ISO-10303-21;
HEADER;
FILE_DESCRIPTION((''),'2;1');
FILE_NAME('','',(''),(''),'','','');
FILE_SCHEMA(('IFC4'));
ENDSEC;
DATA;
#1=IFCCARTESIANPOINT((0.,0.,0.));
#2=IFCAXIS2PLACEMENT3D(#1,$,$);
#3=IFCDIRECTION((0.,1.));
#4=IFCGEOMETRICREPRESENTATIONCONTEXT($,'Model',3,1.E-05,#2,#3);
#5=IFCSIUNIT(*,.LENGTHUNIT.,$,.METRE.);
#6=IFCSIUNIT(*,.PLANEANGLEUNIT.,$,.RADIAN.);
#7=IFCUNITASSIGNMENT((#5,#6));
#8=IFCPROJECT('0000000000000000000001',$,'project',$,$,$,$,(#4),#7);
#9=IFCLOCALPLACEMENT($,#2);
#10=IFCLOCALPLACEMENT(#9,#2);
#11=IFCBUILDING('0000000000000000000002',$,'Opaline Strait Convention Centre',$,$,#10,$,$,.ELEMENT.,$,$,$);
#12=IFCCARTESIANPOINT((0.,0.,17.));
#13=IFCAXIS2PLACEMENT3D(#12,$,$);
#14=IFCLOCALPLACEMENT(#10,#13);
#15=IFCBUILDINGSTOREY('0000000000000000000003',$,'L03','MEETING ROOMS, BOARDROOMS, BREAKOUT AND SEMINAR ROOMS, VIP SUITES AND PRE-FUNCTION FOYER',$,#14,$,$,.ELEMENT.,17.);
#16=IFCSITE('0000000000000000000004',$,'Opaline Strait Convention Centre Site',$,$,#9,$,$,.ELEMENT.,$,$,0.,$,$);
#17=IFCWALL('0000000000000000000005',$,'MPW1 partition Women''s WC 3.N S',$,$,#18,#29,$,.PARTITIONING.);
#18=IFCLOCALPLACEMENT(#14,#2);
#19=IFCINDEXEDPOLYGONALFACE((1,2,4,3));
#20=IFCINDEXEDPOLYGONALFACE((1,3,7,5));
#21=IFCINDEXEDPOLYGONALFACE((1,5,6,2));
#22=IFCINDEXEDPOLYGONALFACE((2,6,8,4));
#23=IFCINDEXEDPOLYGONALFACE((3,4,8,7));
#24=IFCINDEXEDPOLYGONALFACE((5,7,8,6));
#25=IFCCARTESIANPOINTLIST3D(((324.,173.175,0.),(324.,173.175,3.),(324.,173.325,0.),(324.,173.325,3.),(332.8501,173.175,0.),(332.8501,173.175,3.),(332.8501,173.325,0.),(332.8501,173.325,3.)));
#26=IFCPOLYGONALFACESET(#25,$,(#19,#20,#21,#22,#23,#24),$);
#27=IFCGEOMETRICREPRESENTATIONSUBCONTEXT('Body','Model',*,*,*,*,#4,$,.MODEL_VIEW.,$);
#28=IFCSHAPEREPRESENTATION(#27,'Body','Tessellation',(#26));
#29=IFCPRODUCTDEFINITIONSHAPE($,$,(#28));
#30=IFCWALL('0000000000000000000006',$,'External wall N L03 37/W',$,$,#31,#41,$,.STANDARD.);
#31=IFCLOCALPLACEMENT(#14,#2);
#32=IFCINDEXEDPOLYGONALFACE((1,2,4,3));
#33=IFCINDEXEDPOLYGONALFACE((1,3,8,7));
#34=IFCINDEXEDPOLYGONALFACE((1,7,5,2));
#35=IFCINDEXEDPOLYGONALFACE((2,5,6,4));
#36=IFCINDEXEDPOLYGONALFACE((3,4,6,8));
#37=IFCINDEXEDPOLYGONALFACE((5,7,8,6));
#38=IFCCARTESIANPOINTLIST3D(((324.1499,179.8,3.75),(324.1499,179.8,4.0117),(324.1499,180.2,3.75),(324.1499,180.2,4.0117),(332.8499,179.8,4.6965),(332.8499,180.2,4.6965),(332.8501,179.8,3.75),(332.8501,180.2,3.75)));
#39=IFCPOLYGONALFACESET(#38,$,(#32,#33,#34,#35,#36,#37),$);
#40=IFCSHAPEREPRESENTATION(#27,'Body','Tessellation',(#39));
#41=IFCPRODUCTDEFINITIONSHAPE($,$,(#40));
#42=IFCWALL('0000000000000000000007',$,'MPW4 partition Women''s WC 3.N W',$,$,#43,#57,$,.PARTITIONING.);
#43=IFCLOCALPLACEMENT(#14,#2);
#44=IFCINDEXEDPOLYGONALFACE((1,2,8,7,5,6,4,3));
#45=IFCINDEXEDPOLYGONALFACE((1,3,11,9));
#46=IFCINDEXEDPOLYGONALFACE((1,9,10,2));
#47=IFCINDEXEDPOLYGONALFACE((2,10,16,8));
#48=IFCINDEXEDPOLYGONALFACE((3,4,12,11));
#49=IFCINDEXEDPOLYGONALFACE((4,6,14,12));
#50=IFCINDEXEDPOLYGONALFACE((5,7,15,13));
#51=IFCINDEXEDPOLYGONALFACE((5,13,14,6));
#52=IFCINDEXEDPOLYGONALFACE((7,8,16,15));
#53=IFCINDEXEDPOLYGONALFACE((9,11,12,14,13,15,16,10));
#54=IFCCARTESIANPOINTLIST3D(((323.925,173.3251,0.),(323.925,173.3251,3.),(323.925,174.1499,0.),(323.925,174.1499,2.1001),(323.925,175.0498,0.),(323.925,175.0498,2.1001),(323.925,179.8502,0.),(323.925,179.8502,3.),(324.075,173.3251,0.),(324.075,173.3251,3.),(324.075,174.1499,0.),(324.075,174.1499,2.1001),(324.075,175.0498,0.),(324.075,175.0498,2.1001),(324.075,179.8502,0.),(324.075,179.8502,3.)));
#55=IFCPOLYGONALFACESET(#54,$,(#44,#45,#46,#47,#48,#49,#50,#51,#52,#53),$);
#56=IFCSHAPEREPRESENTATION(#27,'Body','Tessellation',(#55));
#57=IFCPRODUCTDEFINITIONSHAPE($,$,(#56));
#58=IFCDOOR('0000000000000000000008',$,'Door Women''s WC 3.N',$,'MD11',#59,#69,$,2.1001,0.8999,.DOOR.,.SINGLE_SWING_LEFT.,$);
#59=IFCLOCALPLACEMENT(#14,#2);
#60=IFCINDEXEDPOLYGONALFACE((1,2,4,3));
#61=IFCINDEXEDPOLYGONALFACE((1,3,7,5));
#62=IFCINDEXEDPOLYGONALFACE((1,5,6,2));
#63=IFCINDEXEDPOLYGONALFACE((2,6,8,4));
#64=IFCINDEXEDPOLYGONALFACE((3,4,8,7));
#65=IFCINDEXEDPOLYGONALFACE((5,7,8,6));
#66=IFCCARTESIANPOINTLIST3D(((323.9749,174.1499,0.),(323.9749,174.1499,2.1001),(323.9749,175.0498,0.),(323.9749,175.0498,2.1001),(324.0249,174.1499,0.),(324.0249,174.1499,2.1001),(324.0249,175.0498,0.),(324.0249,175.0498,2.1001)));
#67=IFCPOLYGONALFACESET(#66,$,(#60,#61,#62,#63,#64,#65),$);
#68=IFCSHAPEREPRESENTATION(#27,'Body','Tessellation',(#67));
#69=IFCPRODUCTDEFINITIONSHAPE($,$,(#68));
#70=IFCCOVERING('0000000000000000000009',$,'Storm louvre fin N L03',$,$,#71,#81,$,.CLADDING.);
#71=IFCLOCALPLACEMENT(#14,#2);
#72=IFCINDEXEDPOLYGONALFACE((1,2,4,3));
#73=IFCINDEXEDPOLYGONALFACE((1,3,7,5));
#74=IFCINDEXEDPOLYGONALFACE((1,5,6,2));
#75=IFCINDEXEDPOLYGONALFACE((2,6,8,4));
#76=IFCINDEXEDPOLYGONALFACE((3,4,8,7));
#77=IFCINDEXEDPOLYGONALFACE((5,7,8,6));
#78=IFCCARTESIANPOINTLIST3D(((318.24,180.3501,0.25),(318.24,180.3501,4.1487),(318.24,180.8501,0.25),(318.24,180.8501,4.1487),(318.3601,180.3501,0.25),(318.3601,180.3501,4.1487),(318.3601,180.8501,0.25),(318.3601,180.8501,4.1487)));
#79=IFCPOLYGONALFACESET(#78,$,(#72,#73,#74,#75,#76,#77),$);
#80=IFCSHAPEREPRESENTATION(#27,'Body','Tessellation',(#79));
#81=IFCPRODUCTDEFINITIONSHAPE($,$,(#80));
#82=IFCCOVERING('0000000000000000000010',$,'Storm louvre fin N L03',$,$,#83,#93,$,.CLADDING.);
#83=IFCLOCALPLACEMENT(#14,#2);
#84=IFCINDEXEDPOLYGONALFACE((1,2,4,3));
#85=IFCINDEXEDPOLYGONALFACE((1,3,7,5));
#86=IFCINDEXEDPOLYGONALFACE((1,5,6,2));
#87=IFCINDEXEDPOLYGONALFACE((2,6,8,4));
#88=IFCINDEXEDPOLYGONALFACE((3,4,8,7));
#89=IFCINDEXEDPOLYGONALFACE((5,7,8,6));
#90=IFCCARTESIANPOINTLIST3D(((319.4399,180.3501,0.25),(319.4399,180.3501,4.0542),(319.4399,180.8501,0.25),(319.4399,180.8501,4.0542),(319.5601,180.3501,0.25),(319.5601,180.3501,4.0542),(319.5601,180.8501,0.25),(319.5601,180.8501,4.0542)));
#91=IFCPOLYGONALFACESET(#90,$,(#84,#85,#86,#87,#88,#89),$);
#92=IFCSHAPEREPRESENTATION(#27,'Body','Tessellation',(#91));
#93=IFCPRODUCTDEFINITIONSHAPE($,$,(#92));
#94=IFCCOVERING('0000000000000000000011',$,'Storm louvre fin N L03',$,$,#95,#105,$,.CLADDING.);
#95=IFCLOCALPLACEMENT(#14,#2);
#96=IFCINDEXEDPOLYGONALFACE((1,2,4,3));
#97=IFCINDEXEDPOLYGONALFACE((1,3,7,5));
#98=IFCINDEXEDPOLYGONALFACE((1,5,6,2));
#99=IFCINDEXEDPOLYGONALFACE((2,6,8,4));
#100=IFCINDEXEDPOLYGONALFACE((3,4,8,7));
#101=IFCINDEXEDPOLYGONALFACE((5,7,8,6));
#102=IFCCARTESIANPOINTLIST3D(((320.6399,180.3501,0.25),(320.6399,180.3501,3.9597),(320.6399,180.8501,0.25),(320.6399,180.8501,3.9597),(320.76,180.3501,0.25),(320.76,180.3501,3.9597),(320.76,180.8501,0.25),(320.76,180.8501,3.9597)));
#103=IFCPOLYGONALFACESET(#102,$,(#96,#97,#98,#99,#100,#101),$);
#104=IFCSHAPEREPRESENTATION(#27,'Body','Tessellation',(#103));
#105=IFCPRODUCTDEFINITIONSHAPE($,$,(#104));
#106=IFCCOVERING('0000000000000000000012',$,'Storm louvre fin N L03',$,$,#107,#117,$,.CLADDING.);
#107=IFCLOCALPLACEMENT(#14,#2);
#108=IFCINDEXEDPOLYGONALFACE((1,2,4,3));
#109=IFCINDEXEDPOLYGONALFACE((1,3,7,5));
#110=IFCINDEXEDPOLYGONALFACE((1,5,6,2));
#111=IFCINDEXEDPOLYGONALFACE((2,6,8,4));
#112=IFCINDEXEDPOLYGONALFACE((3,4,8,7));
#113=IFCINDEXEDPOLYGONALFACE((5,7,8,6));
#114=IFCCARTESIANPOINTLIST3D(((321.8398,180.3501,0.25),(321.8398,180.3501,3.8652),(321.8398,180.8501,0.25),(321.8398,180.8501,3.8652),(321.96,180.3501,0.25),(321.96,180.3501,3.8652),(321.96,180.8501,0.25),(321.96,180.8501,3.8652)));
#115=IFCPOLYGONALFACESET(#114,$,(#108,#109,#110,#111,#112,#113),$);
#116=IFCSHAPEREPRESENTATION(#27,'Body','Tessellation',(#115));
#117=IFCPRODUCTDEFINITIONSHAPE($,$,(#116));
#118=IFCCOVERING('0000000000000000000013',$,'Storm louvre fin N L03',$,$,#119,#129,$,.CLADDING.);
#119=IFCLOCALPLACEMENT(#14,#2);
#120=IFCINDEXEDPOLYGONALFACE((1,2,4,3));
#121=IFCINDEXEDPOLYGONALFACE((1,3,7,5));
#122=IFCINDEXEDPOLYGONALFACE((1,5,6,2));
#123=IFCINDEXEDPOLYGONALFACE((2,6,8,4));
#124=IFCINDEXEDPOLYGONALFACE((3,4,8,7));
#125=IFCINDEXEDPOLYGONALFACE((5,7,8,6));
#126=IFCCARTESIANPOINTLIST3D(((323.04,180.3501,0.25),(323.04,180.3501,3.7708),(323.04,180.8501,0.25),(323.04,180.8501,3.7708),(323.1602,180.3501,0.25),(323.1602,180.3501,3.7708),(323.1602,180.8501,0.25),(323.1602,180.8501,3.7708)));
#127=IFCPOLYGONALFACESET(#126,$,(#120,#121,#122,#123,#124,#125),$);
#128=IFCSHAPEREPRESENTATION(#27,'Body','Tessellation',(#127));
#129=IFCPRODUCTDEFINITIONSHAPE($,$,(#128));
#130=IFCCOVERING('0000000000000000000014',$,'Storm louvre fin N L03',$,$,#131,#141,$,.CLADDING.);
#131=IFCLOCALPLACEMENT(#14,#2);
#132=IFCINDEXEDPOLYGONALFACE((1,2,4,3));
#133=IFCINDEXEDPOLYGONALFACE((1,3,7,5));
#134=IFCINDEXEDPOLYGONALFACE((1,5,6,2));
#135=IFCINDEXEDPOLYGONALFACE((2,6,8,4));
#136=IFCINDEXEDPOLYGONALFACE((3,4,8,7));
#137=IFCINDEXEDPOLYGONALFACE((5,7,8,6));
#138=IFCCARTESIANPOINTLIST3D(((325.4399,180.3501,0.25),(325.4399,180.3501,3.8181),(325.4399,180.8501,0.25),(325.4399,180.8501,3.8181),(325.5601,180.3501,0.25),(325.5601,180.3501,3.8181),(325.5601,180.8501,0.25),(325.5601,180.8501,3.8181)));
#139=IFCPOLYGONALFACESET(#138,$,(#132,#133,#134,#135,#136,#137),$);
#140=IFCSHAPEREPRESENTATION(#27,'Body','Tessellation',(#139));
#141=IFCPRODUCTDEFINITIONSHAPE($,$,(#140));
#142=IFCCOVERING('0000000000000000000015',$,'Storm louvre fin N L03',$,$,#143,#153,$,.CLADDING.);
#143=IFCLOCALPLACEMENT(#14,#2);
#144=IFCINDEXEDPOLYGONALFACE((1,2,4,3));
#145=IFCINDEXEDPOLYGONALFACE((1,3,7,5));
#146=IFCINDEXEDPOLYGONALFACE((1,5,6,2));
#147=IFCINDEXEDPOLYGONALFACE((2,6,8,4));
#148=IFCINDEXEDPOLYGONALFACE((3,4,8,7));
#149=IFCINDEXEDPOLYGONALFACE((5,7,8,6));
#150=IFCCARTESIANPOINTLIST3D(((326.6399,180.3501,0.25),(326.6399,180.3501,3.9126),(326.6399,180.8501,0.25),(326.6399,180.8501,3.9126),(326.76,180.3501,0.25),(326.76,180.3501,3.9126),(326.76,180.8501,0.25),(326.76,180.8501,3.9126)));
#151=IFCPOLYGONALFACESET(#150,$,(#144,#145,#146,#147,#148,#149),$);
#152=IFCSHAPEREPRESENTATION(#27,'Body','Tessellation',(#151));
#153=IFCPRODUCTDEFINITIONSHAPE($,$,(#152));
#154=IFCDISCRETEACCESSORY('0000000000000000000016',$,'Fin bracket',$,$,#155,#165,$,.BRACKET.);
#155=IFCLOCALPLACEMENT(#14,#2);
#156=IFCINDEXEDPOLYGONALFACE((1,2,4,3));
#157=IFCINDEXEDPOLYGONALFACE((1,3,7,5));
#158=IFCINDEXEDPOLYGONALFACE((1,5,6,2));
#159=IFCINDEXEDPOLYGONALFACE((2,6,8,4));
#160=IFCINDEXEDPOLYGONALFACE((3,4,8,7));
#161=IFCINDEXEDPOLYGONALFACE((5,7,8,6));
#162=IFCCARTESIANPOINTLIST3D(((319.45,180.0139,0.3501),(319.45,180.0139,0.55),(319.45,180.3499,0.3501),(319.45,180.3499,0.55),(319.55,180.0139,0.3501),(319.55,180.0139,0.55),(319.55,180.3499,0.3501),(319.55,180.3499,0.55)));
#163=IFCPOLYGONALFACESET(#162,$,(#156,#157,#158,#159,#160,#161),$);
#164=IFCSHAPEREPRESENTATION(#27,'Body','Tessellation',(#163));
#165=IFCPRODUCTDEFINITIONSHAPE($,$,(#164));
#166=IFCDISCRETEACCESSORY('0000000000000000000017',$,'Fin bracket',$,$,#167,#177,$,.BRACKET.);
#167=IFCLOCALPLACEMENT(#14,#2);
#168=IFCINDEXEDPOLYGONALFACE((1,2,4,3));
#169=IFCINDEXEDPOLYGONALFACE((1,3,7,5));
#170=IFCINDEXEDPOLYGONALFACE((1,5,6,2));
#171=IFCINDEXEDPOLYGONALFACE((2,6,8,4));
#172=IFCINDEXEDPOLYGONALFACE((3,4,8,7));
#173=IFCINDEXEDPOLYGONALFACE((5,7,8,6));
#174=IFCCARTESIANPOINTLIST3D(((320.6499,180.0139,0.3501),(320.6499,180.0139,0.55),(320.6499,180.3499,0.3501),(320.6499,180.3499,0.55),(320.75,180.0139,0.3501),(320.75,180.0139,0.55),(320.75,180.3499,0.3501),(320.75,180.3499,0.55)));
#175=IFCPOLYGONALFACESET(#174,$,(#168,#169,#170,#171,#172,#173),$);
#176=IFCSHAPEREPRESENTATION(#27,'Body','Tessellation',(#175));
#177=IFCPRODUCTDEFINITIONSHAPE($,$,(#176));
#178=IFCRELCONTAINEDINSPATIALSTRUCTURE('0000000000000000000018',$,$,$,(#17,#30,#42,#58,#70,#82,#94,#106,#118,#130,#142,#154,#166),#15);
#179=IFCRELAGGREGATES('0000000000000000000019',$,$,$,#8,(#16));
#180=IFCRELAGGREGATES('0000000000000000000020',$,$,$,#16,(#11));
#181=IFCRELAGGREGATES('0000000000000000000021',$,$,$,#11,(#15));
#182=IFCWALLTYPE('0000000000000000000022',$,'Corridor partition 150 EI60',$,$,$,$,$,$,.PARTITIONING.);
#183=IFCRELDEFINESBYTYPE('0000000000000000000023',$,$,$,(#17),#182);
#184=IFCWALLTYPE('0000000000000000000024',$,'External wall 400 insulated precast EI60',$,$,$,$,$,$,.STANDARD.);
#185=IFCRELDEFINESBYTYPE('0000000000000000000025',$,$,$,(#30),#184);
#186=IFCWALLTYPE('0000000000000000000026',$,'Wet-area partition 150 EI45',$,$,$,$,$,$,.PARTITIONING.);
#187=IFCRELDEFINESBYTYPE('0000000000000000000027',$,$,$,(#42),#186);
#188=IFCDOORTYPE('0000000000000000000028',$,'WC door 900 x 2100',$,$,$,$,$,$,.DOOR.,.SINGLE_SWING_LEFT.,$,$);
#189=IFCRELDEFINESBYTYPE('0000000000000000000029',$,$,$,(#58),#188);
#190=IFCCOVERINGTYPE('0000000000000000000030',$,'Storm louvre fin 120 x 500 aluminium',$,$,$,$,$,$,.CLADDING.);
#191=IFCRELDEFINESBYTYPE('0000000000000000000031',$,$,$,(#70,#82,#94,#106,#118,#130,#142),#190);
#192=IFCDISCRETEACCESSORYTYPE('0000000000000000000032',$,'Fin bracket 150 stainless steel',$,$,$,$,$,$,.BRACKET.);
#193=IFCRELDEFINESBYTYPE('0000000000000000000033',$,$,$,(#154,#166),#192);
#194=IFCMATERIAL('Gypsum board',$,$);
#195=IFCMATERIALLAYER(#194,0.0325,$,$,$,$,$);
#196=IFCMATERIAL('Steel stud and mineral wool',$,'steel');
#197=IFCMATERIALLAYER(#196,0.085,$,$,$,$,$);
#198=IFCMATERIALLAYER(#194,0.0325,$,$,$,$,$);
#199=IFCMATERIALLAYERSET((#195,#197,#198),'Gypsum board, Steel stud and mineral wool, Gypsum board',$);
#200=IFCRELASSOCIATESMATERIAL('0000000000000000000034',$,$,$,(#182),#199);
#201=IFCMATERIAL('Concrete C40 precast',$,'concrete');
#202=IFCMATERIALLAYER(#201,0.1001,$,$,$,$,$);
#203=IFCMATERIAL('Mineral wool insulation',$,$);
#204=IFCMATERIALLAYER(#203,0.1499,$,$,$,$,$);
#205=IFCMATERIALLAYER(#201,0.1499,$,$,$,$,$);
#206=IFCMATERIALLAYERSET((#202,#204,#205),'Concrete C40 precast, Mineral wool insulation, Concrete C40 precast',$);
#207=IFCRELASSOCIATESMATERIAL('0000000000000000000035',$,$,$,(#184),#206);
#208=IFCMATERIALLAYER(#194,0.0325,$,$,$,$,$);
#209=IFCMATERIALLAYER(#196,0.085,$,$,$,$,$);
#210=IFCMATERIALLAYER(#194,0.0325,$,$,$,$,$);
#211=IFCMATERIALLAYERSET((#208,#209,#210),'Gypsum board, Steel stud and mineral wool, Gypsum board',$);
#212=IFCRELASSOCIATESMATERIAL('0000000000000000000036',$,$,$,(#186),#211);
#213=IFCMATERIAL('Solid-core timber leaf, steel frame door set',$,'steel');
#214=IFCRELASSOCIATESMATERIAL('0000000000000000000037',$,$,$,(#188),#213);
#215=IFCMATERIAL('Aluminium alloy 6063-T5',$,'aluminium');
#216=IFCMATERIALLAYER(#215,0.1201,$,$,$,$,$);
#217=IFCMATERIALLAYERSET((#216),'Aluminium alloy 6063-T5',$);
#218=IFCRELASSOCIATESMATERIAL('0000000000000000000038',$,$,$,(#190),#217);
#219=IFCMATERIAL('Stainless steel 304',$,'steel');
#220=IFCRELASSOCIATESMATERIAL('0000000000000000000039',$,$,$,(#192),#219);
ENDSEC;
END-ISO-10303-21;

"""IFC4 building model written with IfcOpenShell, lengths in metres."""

from ifc_helpers import new_model, si_unit, direction, frame, frame_2d, origin, origin_2d, place, context, subcontext, project, spatial, polyline, rectangle, outline, extrude, material, layer, layer_set, type_object, element, fill, save


model = new_model("IFC4")

# Units and contexts
model_context = context("Model", 3, precision=1e-05, world=origin(), true_north=direction((0.0, 1.0)))
body_context = subcontext(model_context, "Body", "Model", "MODEL_VIEW")
ifc_project = project(units=[si_unit("LENGTHUNIT", "METRE"), si_unit("PLANEANGLEUNIT", "RADIAN")], contexts=[model_context])

# Site, building, storey
site_placement = place(None, origin())
site = spatial("IfcSite", under=ifc_project, at=site_placement, Name="Opaline Strait Convention Centre Site", CompositionType="ELEMENT", RefElevation=0.0)
building_placement = place(site_placement, origin())
building = spatial("IfcBuilding", under=site, at=building_placement, Name="Opaline Strait Convention Centre", CompositionType="ELEMENT")
storey_placement = place(building_placement, frame((0.0, 0.0, 17.0)))
storey = spatial("IfcBuildingStorey", under=building, at=storey_placement, Name="L03", Description="MEETING ROOMS, BOARDROOMS, BREAKOUT AND SEMINAR ROOMS, VIP SUITES AND PRE-FUNCTION FOYER", CompositionType="ELEMENT", Elevation=17.0)

# Walls
ifc_material_1 = material(Name="Gypsum board")
ifc_layer_1 = layer(ifc_material_1, 0.0325)
ifc_material_2 = material(Name="Steel stud and mineral wool", Category="steel")
ifc_layer_2 = layer(ifc_material_2, 0.085)
ifc_layer_3 = layer(ifc_material_1, 0.0325)
ifc_layer_set_1 = layer_set([ifc_layer_1, ifc_layer_2, ifc_layer_3], Name="Gypsum board, Steel stud and mineral wool, Gypsum board")
wall_type_1 = type_object("IfcWallType", Name="Corridor partition 150 EI60", PredefinedType="PARTITIONING", material=ifc_layer_set_1)
wall_1_placement = place(storey_placement, frame((324.0, 173.25, 0.0), z_axis=(0.0, 0.0, 1.0), x_axis=(1.0, 0.0, 0.0)))
element("IfcWall", 1, at=wall_1_placement, inside=storey, type_object=wall_type_1, Name="MPW1 partition Women's WC 3.N S", PredefinedType="PARTITIONING", context=body_context, shape_type="SweptSolid", body=[
    extrude(rectangle(XDim=8.8501, YDim=0.1499, at=frame_2d((4.425, 0.0))), origin(), (0.0, 0.0, 1.0), 3.0),
])
ifc_material_3 = material(Name="Concrete C40 precast", Category="concrete")
ifc_layer_4 = layer(ifc_material_3, 0.1001)
ifc_material_4 = material(Name="Mineral wool insulation")
ifc_layer_5 = layer(ifc_material_4, 0.1499)
ifc_layer_6 = layer(ifc_material_3, 0.1499)
ifc_layer_set_2 = layer_set([ifc_layer_4, ifc_layer_5, ifc_layer_6], Name="Concrete C40 precast, Mineral wool insulation, Concrete C40 precast")
wall_type_2 = type_object("IfcWallType", Name="External wall 400 insulated precast EI60", PredefinedType="STANDARD", material=ifc_layer_set_2)
wall_2_placement = place(storey_placement, frame((324.1499, 180.0, 3.75), z_axis=(0.0, 0.0, 1.0), x_axis=(1.0, 0.0, 0.0)))
element("IfcWall", 2, at=wall_2_placement, inside=storey, type_object=wall_type_2, Name="External wall N L03 37/W", PredefinedType="STANDARD", context=body_context, shape_type="SweptSolid", body=[
    extrude(outline(polyline([(0.0, 0.0), (8.7002, 0.0), (8.7, 0.9465), (0.0, 0.2617), (0.0, 0.0)])), frame((0.0, 0.2, 0.0), z_axis=(0.0, -1.0, 0.0), x_axis=(1.0, 0.0, 0.0)), (0.0, 0.0, 1.0), 0.3999),
])

# Wall, opening, door
ifc_layer_7 = layer(ifc_material_1, 0.0325)
ifc_layer_8 = layer(ifc_material_2, 0.085)
ifc_layer_9 = layer(ifc_material_1, 0.0325)
ifc_layer_set_3 = layer_set([ifc_layer_7, ifc_layer_8, ifc_layer_9], Name="Gypsum board, Steel stud and mineral wool, Gypsum board")
wall_type_3 = type_object("IfcWallType", Name="Wet-area partition 150 EI45", PredefinedType="PARTITIONING", material=ifc_layer_set_3)
wall_3_placement = place(storey_placement, frame((324.0, 173.325, 0.0), z_axis=(0.0, 0.0, 1.0), x_axis=(0.0, 1.0, 0.0)))
wall_3 = element("IfcWall", 3, at=wall_3_placement, inside=storey, type_object=wall_type_3, Name="MPW4 partition Women's WC 3.N W", PredefinedType="PARTITIONING", context=body_context, shape_type="SweptSolid", body=[
    extrude(rectangle(XDim=6.5251, YDim=0.1499, at=frame_2d((3.2627, 0.0))), origin(), (0.0, 0.0, 1.0), 3.0),
])
opening_placement = place(wall_3_placement, frame((0.825, 0.0, 0.0)))
opening = element("IfcOpeningElement", 4, at=opening_placement, cuts=wall_3, PredefinedType="OPENING", context=body_context, shape_type="SweptSolid", body=[
    extrude(rectangle(XDim=0.8999, YDim=2.1001, at=frame_2d((0.45, 1.05))), frame((0.0, 0.085, 0.0), z_axis=(0.0, -1.0, 0.0), x_axis=(1.0, 0.0, 0.0)), (0.0, 0.0, 1.0), 0.1699),
])
ifc_material_5 = material(Name="Solid-core timber leaf, steel frame door set", Category="steel")
door_type = type_object("IfcDoorType", Name="WC door 900 x 2100", OperationType="SINGLE_SWING_LEFT", PredefinedType="DOOR", material=ifc_material_5)
door_placement = place(opening_placement, frame((0.8999, 0.0, 0.0), z_axis=(0.0, 0.0, 1.0), x_axis=(-1.0, 0.0, 0.0)))
door = element("IfcDoor", 5, at=door_placement, inside=storey, type_object=door_type, Name="Door Women's WC 3.N", ObjectType="MD11", OperationType="SINGLE_SWING_LEFT", OverallHeight=2.1001, OverallWidth=0.8999, PredefinedType="DOOR", context=body_context, shape_type="SweptSolid", body=[
    extrude(rectangle(XDim=0.8999, YDim=2.1001, at=frame_2d((0.45, 1.05))), frame((0.0, 0.0249, 0.0), z_axis=(0.0, -1.0, 0.0), x_axis=(1.0, 0.0, 0.0)), (0.0, 0.0, 1.0), 0.05),
])
fill(opening, door)

# Coverings
ifc_material_6 = material(Name="Aluminium alloy 6063-T5", Category="aluminium")
ifc_layer_10 = layer(ifc_material_6, 0.1201)
ifc_layer_set_4 = layer_set([ifc_layer_10], Name="Aluminium alloy 6063-T5")
covering_type = type_object("IfcCoveringType", Name="Storm louvre fin 120 x 500 aluminium", PredefinedType="CLADDING", material=ifc_layer_set_4)
covering_1_placement = place(storey_placement, frame((318.3, 180.6001, 0.25), z_axis=(0.0, 0.0, 1.0), x_axis=(1.0, 0.0, 0.0)))
element("IfcCovering", 6, at=covering_1_placement, inside=storey, type_object=covering_type, Name="Storm louvre fin N L03", PredefinedType="CLADDING", context=body_context, shape_type="SweptSolid", body=[
    extrude(rectangle(XDim=0.1201, YDim=0.5, at=origin_2d()), origin(), (0.0, 0.0, 1.0), 3.8987),
])
covering_2_placement = place(storey_placement, frame((319.5, 180.6001, 0.25), z_axis=(0.0, 0.0, 1.0), x_axis=(1.0, 0.0, 0.0)))
element("IfcCovering", 7, at=covering_2_placement, inside=storey, type_object=covering_type, Name="Storm louvre fin N L03", PredefinedType="CLADDING", context=body_context, shape_type="SweptSolid", body=[
    extrude(rectangle(XDim=0.1201, YDim=0.5, at=origin_2d()), origin(), (0.0, 0.0, 1.0), 3.8042),
])
covering_3_placement = place(storey_placement, frame((320.7, 180.6001, 0.25), z_axis=(0.0, 0.0, 1.0), x_axis=(1.0, 0.0, 0.0)))
element("IfcCovering", 8, at=covering_3_placement, inside=storey, type_object=covering_type, Name="Storm louvre fin N L03", PredefinedType="CLADDING", context=body_context, shape_type="SweptSolid", body=[
    extrude(rectangle(XDim=0.1201, YDim=0.5, at=origin_2d()), origin(), (0.0, 0.0, 1.0), 3.7097),
])
covering_4_placement = place(storey_placement, frame((321.8999, 180.6001, 0.25), z_axis=(0.0, 0.0, 1.0), x_axis=(1.0, 0.0, 0.0)))
element("IfcCovering", 9, at=covering_4_placement, inside=storey, type_object=covering_type, Name="Storm louvre fin N L03", PredefinedType="CLADDING", context=body_context, shape_type="SweptSolid", body=[
    extrude(rectangle(XDim=0.1201, YDim=0.5, at=origin_2d()), origin(), (0.0, 0.0, 1.0), 3.6152),
])
covering_5_placement = place(storey_placement, frame((323.1001, 180.6001, 0.25), z_axis=(0.0, 0.0, 1.0), x_axis=(1.0, 0.0, 0.0)))
element("IfcCovering", 10, at=covering_5_placement, inside=storey, type_object=covering_type, Name="Storm louvre fin N L03", PredefinedType="CLADDING", context=body_context, shape_type="SweptSolid", body=[
    extrude(rectangle(XDim=0.1201, YDim=0.5, at=origin_2d()), origin(), (0.0, 0.0, 1.0), 3.5208),
])
covering_6_placement = place(storey_placement, frame((325.5, 180.6001, 0.25), z_axis=(0.0, 0.0, 1.0), x_axis=(1.0, 0.0, 0.0)))
element("IfcCovering", 11, at=covering_6_placement, inside=storey, type_object=covering_type, Name="Storm louvre fin N L03", PredefinedType="CLADDING", context=body_context, shape_type="SweptSolid", body=[
    extrude(rectangle(XDim=0.1201, YDim=0.5, at=origin_2d()), origin(), (0.0, 0.0, 1.0), 3.5681),
])
covering_7_placement = place(storey_placement, frame((326.7, 180.6001, 0.25), z_axis=(0.0, 0.0, 1.0), x_axis=(1.0, 0.0, 0.0)))
element("IfcCovering", 12, at=covering_7_placement, inside=storey, type_object=covering_type, Name="Storm louvre fin N L03", PredefinedType="CLADDING", context=body_context, shape_type="SweptSolid", body=[
    extrude(rectangle(XDim=0.1201, YDim=0.5, at=origin_2d()), origin(), (0.0, 0.0, 1.0), 3.6626),
])

# Discrete accessories
ifc_material_7 = material(Name="Stainless steel 304", Category="steel")
discrete_accessory_type = type_object("IfcDiscreteAccessoryType", Name="Fin bracket 150 stainless steel", PredefinedType="BRACKET", material=ifc_material_7)
for number, where, z_axis, x_axis, name in (
    (13, (319.5, 180.1819, 0.3501), (0.0, 0.0, 1.0), (1.0, 0.0, 0.0), "Fin bracket"),
    (14, (320.7, 180.1819, 0.3501), (0.0, 0.0, 1.0), (1.0, 0.0, 0.0), "Fin bracket"),
):
    element("IfcDiscreteAccessory", number, at=place(storey_placement, frame(where, z_axis=z_axis, x_axis=x_axis)), inside=storey, type_object=discrete_accessory_type, Name=name, PredefinedType="BRACKET", context=body_context, shape_type="SweptSolid", body=[
        extrude(rectangle(XDim=0.1001, YDim=0.3359, at=origin_2d()), origin(), (0.0, 0.0, 1.0), 0.2),
    ])

save(model, "model.ifc")
